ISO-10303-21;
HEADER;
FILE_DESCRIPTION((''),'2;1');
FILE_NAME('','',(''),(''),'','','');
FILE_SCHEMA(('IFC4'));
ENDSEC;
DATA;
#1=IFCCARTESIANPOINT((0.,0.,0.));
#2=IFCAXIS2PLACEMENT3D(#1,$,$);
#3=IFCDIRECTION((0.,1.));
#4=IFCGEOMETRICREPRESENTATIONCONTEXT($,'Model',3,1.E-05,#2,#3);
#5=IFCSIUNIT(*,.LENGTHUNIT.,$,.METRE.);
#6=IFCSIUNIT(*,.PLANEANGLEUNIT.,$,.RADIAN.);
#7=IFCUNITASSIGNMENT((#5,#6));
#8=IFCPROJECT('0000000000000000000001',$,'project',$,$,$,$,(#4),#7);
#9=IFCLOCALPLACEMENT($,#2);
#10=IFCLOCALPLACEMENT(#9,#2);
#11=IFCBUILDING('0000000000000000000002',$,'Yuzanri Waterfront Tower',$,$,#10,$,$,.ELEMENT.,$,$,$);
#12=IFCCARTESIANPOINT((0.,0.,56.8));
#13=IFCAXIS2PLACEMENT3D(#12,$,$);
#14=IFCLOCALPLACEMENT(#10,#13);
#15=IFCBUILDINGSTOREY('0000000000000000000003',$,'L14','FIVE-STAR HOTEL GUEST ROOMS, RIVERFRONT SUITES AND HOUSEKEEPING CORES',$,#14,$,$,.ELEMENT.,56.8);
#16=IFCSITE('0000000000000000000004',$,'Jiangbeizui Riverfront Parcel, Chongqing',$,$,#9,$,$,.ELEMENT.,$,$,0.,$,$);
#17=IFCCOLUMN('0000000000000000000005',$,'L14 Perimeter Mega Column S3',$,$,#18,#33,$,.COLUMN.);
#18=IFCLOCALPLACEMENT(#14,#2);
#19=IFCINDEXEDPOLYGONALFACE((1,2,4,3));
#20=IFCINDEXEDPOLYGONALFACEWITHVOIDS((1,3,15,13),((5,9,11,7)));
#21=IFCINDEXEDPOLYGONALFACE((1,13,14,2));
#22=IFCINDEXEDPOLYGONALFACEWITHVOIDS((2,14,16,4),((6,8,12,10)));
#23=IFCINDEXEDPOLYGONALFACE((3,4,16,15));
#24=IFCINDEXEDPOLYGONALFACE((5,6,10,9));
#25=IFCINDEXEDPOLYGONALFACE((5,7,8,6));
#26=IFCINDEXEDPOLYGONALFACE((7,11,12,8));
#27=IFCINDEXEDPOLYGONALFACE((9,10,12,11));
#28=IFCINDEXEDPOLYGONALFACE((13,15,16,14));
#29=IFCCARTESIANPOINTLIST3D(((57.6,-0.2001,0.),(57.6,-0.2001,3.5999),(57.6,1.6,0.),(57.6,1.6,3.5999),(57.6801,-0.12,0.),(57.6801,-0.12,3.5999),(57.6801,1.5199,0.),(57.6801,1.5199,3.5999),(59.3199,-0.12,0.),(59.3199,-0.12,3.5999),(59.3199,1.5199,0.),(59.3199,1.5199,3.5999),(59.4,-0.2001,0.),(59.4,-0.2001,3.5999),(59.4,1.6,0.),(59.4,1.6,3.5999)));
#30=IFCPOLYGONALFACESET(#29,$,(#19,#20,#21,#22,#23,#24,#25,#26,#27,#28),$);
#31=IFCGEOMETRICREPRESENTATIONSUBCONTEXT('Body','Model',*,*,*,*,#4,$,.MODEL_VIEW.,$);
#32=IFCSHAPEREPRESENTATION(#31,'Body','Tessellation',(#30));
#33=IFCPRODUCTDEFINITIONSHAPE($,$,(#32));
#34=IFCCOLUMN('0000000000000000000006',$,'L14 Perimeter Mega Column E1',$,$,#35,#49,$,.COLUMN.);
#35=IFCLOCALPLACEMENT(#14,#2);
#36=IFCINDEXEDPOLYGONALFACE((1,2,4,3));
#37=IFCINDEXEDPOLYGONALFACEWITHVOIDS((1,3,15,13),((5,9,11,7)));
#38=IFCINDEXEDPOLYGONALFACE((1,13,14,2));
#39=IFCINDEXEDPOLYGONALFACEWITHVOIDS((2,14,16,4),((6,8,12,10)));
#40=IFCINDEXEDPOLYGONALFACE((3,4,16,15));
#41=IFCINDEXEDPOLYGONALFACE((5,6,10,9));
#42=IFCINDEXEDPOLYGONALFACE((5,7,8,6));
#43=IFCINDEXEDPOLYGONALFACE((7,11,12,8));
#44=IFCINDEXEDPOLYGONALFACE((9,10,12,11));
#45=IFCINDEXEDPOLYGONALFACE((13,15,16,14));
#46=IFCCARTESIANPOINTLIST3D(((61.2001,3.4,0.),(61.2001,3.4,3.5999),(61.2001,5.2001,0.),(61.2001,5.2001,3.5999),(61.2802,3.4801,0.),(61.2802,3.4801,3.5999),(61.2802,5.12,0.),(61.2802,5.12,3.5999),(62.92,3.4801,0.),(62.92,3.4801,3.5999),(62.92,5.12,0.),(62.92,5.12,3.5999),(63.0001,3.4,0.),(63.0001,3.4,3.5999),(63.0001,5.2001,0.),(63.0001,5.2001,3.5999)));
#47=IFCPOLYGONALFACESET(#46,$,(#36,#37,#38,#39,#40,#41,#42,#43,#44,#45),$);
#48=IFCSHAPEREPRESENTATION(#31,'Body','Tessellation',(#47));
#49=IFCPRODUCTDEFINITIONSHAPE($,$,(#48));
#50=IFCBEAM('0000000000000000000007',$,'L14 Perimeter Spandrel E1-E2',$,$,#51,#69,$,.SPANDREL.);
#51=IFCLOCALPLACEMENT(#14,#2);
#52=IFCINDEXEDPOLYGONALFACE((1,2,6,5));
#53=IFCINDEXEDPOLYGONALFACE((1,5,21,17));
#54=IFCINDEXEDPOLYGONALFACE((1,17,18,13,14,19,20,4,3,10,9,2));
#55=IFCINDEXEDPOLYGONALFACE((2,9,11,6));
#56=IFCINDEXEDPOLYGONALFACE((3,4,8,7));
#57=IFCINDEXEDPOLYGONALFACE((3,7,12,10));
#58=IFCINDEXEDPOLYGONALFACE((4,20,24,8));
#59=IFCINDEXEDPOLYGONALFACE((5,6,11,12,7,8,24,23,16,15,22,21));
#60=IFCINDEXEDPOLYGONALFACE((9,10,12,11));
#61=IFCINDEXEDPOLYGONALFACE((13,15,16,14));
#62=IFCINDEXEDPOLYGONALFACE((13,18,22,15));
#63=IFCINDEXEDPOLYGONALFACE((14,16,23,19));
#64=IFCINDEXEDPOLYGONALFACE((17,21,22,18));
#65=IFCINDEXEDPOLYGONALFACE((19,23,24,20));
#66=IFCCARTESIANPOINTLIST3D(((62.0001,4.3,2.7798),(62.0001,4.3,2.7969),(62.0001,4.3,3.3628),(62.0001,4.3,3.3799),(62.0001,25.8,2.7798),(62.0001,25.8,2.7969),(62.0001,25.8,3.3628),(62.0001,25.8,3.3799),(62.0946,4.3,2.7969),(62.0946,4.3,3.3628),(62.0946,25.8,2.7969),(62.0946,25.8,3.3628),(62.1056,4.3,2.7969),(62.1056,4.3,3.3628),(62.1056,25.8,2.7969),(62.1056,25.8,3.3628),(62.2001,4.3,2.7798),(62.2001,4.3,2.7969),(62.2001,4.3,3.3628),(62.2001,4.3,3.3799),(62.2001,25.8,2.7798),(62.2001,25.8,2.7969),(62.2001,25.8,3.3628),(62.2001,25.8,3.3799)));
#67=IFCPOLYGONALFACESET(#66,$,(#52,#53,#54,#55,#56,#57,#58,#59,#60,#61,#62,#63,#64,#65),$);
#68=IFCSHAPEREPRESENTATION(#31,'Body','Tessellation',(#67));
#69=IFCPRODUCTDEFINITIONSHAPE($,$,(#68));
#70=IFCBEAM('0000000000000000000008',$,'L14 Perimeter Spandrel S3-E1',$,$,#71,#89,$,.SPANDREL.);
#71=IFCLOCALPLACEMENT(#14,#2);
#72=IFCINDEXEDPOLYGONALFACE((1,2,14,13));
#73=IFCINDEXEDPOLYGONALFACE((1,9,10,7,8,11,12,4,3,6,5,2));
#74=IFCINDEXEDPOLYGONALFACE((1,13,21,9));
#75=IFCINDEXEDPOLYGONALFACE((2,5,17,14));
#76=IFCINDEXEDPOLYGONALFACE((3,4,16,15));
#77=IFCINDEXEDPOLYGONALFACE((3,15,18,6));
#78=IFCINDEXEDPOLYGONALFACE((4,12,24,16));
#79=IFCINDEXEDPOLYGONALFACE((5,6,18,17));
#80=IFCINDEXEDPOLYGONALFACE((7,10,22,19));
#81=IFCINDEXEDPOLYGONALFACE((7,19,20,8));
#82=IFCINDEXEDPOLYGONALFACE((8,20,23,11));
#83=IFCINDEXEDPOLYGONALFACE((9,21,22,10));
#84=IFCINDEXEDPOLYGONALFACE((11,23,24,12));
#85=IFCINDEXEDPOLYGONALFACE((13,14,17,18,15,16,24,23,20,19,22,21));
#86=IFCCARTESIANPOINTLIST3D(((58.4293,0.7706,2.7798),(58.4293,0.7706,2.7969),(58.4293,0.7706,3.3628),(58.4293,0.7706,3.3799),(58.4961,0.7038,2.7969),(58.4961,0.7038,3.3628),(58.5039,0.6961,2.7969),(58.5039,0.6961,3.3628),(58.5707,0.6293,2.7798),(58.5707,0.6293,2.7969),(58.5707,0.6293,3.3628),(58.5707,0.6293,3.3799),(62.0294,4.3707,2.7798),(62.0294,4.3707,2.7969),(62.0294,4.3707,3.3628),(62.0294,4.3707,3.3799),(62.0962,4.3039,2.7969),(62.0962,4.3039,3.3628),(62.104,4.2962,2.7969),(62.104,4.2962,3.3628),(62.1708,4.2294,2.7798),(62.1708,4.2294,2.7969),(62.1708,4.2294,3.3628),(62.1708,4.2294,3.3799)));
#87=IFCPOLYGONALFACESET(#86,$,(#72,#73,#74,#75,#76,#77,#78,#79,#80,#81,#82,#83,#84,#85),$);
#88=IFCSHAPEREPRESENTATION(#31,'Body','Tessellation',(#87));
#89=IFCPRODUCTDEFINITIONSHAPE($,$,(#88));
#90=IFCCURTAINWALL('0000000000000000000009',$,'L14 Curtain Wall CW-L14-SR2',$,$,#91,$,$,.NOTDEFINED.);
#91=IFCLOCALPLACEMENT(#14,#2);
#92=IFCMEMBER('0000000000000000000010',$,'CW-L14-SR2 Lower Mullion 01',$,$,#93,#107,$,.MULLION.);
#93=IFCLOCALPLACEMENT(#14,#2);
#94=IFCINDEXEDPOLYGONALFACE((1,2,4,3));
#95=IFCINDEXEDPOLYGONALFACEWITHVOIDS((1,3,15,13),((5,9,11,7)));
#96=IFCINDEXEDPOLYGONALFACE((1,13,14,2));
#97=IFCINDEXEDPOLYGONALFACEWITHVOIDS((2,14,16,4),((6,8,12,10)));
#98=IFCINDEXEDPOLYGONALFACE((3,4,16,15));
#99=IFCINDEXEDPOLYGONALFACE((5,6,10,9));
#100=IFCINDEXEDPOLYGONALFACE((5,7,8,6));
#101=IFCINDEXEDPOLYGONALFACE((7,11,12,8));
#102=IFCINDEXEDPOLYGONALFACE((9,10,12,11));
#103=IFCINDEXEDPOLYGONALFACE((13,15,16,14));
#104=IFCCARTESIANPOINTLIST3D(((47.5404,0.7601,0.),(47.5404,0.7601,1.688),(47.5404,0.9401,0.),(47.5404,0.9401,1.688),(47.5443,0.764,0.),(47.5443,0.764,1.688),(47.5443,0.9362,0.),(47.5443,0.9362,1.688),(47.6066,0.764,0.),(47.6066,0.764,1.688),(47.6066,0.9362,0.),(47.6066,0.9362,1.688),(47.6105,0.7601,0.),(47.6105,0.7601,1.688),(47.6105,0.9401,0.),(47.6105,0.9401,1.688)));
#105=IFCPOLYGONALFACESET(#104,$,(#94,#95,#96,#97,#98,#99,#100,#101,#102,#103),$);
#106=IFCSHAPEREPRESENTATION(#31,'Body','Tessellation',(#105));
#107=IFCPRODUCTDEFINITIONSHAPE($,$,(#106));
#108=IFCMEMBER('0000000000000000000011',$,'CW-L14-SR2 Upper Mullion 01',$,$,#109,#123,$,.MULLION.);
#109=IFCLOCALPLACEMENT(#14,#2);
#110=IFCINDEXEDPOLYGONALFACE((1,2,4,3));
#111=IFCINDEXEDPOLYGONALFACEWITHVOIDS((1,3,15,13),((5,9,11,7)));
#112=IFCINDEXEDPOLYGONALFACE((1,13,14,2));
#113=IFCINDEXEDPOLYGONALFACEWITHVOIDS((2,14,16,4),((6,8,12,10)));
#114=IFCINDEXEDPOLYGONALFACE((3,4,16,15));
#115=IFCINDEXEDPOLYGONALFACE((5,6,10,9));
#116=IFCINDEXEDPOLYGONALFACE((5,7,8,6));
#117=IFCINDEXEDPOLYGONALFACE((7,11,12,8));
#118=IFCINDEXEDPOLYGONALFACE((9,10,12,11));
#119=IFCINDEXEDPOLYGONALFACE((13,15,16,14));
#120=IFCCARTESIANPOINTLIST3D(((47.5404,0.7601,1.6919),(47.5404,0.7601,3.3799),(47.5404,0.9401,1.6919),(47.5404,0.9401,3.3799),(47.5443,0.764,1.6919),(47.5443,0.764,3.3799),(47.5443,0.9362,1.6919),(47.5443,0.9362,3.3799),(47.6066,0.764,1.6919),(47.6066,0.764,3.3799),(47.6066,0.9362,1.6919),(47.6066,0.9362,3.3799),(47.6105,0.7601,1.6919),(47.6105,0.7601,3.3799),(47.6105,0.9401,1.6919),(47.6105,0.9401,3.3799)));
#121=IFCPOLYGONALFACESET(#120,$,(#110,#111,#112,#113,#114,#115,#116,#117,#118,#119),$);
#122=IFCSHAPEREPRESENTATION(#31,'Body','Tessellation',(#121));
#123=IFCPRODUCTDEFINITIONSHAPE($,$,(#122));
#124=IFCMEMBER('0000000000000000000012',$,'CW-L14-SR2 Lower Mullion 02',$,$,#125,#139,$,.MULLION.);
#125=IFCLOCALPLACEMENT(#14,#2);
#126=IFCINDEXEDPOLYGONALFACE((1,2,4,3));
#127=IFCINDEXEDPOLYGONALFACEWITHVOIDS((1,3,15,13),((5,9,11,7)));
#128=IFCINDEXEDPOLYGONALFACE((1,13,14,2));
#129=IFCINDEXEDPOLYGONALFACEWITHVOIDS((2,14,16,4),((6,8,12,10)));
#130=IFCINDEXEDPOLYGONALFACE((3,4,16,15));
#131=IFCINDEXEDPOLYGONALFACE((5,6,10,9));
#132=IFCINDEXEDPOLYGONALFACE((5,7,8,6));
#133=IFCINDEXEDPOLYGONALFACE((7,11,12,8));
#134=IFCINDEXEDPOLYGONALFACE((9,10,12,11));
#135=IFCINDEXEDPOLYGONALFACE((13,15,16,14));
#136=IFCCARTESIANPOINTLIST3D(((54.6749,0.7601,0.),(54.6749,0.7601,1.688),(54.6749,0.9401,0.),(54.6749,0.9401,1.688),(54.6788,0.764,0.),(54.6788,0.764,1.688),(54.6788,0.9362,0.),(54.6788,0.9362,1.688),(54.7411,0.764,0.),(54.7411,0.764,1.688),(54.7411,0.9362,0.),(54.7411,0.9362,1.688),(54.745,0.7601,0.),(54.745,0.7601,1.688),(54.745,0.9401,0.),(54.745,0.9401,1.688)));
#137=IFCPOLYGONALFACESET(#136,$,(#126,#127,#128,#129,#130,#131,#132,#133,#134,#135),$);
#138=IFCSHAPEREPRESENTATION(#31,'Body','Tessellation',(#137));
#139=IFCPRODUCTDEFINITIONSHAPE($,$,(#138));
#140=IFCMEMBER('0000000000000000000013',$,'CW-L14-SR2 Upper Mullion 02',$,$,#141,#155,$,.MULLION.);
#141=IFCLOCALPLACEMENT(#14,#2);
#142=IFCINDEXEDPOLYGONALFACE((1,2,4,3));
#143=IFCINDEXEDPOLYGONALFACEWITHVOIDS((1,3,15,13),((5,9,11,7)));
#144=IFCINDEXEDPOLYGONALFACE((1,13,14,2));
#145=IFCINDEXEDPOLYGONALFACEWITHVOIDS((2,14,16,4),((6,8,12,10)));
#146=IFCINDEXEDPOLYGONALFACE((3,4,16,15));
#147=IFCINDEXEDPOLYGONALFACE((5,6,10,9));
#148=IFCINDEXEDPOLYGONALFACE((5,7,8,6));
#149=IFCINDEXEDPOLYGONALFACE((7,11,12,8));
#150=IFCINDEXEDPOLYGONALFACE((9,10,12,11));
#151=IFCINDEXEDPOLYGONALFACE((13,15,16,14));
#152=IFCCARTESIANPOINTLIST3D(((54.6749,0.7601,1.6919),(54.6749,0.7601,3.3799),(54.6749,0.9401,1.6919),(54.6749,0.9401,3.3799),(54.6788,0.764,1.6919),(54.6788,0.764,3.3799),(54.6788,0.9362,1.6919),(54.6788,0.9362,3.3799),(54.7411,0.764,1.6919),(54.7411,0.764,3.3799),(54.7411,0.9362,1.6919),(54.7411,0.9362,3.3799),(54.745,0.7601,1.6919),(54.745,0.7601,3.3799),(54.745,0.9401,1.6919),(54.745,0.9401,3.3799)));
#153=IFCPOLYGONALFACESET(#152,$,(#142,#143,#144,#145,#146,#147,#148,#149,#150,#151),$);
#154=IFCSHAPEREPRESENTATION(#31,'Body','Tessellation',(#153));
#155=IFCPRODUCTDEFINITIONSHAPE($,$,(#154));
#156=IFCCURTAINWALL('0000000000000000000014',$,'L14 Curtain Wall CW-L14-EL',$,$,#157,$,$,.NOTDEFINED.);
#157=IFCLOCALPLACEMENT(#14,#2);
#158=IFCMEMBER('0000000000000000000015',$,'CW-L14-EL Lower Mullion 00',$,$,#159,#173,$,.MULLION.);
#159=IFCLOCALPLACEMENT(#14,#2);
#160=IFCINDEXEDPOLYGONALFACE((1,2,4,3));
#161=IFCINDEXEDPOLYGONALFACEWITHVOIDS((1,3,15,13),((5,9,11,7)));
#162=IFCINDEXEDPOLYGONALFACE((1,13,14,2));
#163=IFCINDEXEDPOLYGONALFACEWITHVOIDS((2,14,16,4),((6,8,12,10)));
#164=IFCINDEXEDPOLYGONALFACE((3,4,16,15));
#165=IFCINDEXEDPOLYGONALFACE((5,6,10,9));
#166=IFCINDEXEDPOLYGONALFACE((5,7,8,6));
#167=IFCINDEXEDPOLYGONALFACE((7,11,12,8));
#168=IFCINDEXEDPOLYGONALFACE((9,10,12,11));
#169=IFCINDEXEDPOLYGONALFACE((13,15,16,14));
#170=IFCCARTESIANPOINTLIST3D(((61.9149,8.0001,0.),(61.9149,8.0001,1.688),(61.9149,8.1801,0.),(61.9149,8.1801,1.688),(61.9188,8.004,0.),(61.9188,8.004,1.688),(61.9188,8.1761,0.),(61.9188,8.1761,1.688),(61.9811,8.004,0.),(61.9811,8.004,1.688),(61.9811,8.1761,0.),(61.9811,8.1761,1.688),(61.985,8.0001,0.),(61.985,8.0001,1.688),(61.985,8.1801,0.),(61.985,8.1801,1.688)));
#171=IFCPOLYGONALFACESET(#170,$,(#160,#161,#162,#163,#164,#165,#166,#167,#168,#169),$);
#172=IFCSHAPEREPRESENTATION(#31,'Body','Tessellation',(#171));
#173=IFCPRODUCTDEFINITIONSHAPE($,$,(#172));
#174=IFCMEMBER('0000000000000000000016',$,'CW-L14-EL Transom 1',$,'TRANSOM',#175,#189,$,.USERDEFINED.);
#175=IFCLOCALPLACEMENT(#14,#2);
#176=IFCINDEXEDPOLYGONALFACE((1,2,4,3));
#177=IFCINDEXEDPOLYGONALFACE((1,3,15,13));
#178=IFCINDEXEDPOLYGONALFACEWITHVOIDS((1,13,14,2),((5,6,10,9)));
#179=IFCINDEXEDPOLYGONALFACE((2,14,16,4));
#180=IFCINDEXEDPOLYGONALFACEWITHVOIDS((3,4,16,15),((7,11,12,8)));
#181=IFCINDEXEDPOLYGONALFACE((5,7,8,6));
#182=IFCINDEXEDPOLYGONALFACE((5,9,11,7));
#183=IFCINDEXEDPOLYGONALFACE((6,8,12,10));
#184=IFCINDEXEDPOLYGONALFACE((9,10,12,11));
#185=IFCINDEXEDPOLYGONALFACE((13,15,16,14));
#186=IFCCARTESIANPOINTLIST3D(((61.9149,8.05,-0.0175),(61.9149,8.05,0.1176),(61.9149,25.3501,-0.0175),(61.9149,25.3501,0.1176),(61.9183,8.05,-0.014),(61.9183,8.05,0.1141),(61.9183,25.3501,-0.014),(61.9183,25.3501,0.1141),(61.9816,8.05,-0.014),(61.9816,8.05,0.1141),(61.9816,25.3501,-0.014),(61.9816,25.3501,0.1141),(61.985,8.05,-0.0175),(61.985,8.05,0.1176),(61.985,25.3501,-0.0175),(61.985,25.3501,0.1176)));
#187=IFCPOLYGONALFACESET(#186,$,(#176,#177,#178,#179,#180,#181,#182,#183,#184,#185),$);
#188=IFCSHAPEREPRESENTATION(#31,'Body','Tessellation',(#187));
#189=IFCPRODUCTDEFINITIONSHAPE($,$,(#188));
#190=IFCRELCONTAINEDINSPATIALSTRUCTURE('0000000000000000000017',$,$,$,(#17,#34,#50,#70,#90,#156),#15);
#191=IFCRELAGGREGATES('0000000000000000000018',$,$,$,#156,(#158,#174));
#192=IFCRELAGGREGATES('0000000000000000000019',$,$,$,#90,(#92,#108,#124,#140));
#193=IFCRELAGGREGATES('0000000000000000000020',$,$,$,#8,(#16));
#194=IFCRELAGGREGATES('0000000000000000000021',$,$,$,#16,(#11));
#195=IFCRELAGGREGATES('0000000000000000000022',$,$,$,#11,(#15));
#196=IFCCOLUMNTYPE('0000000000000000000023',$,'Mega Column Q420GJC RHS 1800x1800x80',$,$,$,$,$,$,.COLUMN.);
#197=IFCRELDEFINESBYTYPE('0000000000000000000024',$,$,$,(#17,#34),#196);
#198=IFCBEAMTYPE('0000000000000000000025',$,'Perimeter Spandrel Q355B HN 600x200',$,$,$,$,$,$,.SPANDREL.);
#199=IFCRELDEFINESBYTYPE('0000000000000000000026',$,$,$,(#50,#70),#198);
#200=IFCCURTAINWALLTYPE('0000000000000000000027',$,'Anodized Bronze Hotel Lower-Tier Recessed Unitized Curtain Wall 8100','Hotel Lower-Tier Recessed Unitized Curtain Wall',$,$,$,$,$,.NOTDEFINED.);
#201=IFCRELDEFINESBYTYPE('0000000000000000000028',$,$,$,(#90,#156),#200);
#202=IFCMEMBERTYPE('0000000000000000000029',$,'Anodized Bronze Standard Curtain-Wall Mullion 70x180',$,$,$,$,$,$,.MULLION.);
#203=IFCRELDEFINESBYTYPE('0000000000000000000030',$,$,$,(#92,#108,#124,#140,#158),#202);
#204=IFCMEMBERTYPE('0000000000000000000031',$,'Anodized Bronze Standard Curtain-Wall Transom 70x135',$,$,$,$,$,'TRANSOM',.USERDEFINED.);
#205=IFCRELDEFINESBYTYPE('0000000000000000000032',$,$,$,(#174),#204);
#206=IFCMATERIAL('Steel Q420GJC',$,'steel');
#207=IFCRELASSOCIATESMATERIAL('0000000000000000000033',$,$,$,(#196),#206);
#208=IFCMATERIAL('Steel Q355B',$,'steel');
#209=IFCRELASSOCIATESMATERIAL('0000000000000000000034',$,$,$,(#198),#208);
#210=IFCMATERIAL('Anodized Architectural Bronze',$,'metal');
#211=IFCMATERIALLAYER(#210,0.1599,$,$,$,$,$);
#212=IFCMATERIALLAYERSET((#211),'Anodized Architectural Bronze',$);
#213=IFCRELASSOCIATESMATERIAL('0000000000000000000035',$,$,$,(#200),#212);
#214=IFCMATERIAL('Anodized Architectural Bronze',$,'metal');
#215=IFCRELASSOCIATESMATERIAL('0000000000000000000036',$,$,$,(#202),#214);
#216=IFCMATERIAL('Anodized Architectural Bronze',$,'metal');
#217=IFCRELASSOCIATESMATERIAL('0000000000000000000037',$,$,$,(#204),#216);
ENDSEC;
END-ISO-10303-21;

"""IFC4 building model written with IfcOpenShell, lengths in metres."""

from ifc_helpers import new_model, si_unit, direction, frame, origin, origin_2d, place, context, subcontext, project, spatial, hollow_rectangle, i_section, extrude, source, transform, mapped, material, layer, layer_set, material_profile, profile_set, type_object, element, aggregate, save


model = new_model("IFC4")

# Units and contexts
model_context = context("Model", 3, precision=1e-05, world=origin(), true_north=direction((0.0, 1.0)))
body_context = subcontext(model_context, "Body", "Model", "MODEL_VIEW")
ifc_project = project(units=[si_unit("LENGTHUNIT", "METRE"), si_unit("PLANEANGLEUNIT", "RADIAN")], contexts=[model_context])

# Site, building, storey
site_placement = place(None, origin())
site = spatial("IfcSite", under=ifc_project, at=site_placement, Name="Jiangbeizui Riverfront Parcel, Chongqing", CompositionType="ELEMENT", RefElevation=0.0)
building_placement = place(site_placement, origin())
building = spatial("IfcBuilding", under=site, at=building_placement, Name="Yuzanri Waterfront Tower", CompositionType="ELEMENT")
storey_placement = place(building_placement, frame((0.0, 0.0, 56.8)))
storey = spatial("IfcBuildingStorey", under=building, at=storey_placement, Name="L14", Description="FIVE-STAR HOTEL GUEST ROOMS, RIVERFRONT SUITES AND HOUSEKEEPING CORES", CompositionType="ELEMENT", Elevation=56.8)

# Columns
ifc_material_1 = material(Name="Steel Q420GJC", Category="steel")
ifc_material_profile_1 = material_profile(ifc_material_1, hollow_rectangle(XDim=1.8, YDim=1.8, WallThickness=0.0801, at=origin_2d()), Name="RHS 1800x1800x80")
ifc_profile_set_1 = profile_set([ifc_material_profile_1], Name="Steel Q420GJC")
column_type = type_object("IfcColumnType", Name="Mega Column Q420GJC RHS 1800x1800x80", PredefinedType="COLUMN", material=ifc_profile_set_1)
shared_shape_1 = source(origin(), body_context, "Body", "SweptSolid", [
    extrude(hollow_rectangle(XDim=1.8, YDim=1.8, WallThickness=0.0801, at=origin_2d()), origin(), (0.0, 0.0, 1.0), 3.5999),
])
for number, where, z_axis, x_axis, name in (
    (1, (58.5, 0.7, 0.0), (0.0, 0.0, 1.0), (1.0, 0.0, 0.0), "L14 Perimeter Mega Column S3"),
    (2, (62.1001, 4.3, 0.0), (0.0, 0.0, 1.0), (1.0, 0.0, 0.0), "L14 Perimeter Mega Column E1"),
):
    element("IfcColumn", number, at=place(storey_placement, frame(where, z_axis=z_axis, x_axis=x_axis)), inside=storey, type_object=column_type, Name=name, PredefinedType="COLUMN", context=body_context, shape_type="MappedRepresentation", body=[
        mapped(shared_shape_1, transform((0.0, 0.0, 0.0), scale=1.0)),
    ])

# Beams
ifc_material_2 = material(Name="Steel Q355B", Category="steel")
ifc_material_profile_2 = material_profile(ifc_material_2, i_section(OverallWidth=0.2, OverallDepth=0.6001, WebThickness=0.011, FlangeThickness=0.0171, at=origin_2d()), Name="HN 600x200x11x17")
ifc_profile_set_2 = profile_set([ifc_material_profile_2], Name="Steel Q355B")
beam_type = type_object("IfcBeamType", Name="Perimeter Spandrel Q355B HN 600x200", PredefinedType="SPANDREL", material=ifc_profile_set_2)
shared_shape_2 = source(origin(), body_context, "Body", "SweptSolid", [
    extrude(i_section(OverallWidth=0.2, OverallDepth=0.6001, WebThickness=0.011, FlangeThickness=0.0171, at=origin_2d()), origin(), (0.0, 0.0, 1.0), 21.5),
])
beam_1_placement = place(storey_placement, frame((62.1001, 4.3, 3.0798), z_axis=(0.0, 1.0, 0.0), x_axis=(-1.0, 0.0, 0.0)))
element("IfcBeam", 3, at=beam_1_placement, inside=storey, type_object=beam_type, Name="L14 Perimeter Spandrel E1-E2", PredefinedType="SPANDREL", context=body_context, shape_type="MappedRepresentation", body=[
    mapped(shared_shape_2, transform((0.0, 0.0, 0.0), scale=1.0)),
])
shared_shape_3 = source(origin(), body_context, "Body", "SweptSolid", [
    extrude(i_section(OverallWidth=0.2, OverallDepth=0.6001, WebThickness=0.011, FlangeThickness=0.0171, at=origin_2d()), origin(), (0.0, 0.0, 1.0), 5.0913),
])
beam_2_placement = place(storey_placement, frame((58.5, 0.7, 3.0798), z_axis=(0.707107, 0.707107, 0.0), x_axis=(-0.707107, 0.707107, 0.0)))
element("IfcBeam", 4, at=beam_2_placement, inside=storey, type_object=beam_type, Name="L14 Perimeter Spandrel S3-E1", PredefinedType="SPANDREL", context=body_context, shape_type="MappedRepresentation", body=[
    mapped(shared_shape_3, transform((0.0, 0.0, 0.0), scale=1.0)),
])

# Curtain walls, members
ifc_material_3 = material(Name="Anodized Architectural Bronze", Category="metal")
ifc_layer_1 = layer(ifc_material_3, 0.1599)
ifc_layer_set_1 = layer_set([ifc_layer_1], Name="Anodized Architectural Bronze")
curtain_wall_type = type_object("IfcCurtainWallType", Name="Anodized Bronze Hotel Lower-Tier Recessed Unitized Curtain Wall 8100", Description="Hotel Lower-Tier Recessed Unitized Curtain Wall", PredefinedType="NOTDEFINED", material=ifc_layer_set_1)
curtain_wall_1_placement = place(storey_placement, origin())
curtain_wall_1 = element("IfcCurtainWall", 5, at=curtain_wall_1_placement, inside=storey, type_object=curtain_wall_type, Name="L14 Curtain Wall CW-L14-SR2", PredefinedType="NOTDEFINED")
ifc_material_4 = material(Name="Anodized Architectural Bronze", Category="metal")
ifc_material_profile_3 = material_profile(ifc_material_4, hollow_rectangle(XDim=0.0701, YDim=0.1799, WallThickness=0.0039, at=origin_2d()), Name="CWM 70x180")
ifc_profile_set_3 = profile_set([ifc_material_profile_3], Name="Anodized Architectural Bronze")
member_type_1 = type_object("IfcMemberType", Name="Anodized Bronze Standard Curtain-Wall Mullion 70x180", PredefinedType="MULLION", material=ifc_profile_set_3)
shared_shape_4 = source(origin(), body_context, "Body", "SweptSolid", [
    extrude(hollow_rectangle(XDim=0.0701, YDim=0.1799, WallThickness=0.0039, at=origin_2d()), origin(), (0.0, 0.0, 1.0), 1.688),
])
member_1_placement = place(storey_placement, frame((47.5754, 0.8501, 0.0), z_axis=(0.0, 0.0, 1.0), x_axis=(1.0, 0.0, 0.0)))
member_1 = element("IfcMember", 6, at=member_1_placement, type_object=member_type_1, Name="CW-L14-SR2 Lower Mullion 01", PredefinedType="MULLION", context=body_context, shape_type="MappedRepresentation", body=[
    mapped(shared_shape_4, transform((0.0, 0.0, 0.0), scale=1.0)),
])
member_2_placement = place(storey_placement, frame((47.5754, 0.8501, 1.6919), z_axis=(0.0, 0.0, 1.0), x_axis=(1.0, 0.0, 0.0)))
member_2 = element("IfcMember", 7, at=member_2_placement, type_object=member_type_1, Name="CW-L14-SR2 Upper Mullion 01", PredefinedType="MULLION", context=body_context, shape_type="MappedRepresentation", body=[
    mapped(shared_shape_4, transform((0.0, 0.0, 0.0), scale=1.0)),
])
member_3_placement = place(storey_placement, frame((54.71, 0.8501, 0.0), z_axis=(0.0, 0.0, 1.0), x_axis=(1.0, 0.0, 0.0)))
member_3 = element("IfcMember", 8, at=member_3_placement, type_object=member_type_1, Name="CW-L14-SR2 Lower Mullion 02", PredefinedType="MULLION", context=body_context, shape_type="MappedRepresentation", body=[
    mapped(shared_shape_4, transform((0.0, 0.0, 0.0), scale=1.0)),
])
member_4_placement = place(storey_placement, frame((54.71, 0.8501, 1.6919), z_axis=(0.0, 0.0, 1.0), x_axis=(1.0, 0.0, 0.0)))
member_4 = element("IfcMember", 9, at=member_4_placement, type_object=member_type_1, Name="CW-L14-SR2 Upper Mullion 02", PredefinedType="MULLION", context=body_context, shape_type="MappedRepresentation", body=[
    mapped(shared_shape_4, transform((0.0, 0.0, 0.0), scale=1.0)),
])
curtain_wall_2_placement = place(storey_placement, origin())
curtain_wall_2 = element("IfcCurtainWall", 10, at=curtain_wall_2_placement, inside=storey, type_object=curtain_wall_type, Name="L14 Curtain Wall CW-L14-EL", PredefinedType="NOTDEFINED")
member_5_placement = place(storey_placement, frame((61.95, 8.0901, 0.0), z_axis=(0.0, 0.0, 1.0), x_axis=(1.0, 0.0, 0.0)))
member_5 = element("IfcMember", 11, at=member_5_placement, type_object=member_type_1, Name="CW-L14-EL Lower Mullion 00", PredefinedType="MULLION", context=body_context, shape_type="MappedRepresentation", body=[
    mapped(shared_shape_4, transform((0.0, 0.0, 0.0), scale=1.0)),
])
ifc_material_5 = material(Name="Anodized Architectural Bronze", Category="metal")
ifc_material_profile_4 = material_profile(ifc_material_5, hollow_rectangle(XDim=0.0701, YDim=0.135, WallThickness=0.0034, at=origin_2d()), Name="CWT 70x135")
ifc_profile_set_4 = profile_set([ifc_material_profile_4], Name="Anodized Architectural Bronze")
member_type_2 = type_object("IfcMemberType", Name="Anodized Bronze Standard Curtain-Wall Transom 70x135", ElementType="TRANSOM", PredefinedType="USERDEFINED", material=ifc_profile_set_4)
shared_shape_5 = source(origin(), body_context, "Body", "SweptSolid", [
    extrude(hollow_rectangle(XDim=0.0701, YDim=0.135, WallThickness=0.0034, at=origin_2d()), origin(), (0.0, 0.0, 1.0), 17.3),
])
member_6_placement = place(storey_placement, frame((61.95, 8.05, 0.05), z_axis=(0.0, 1.0, 0.0), x_axis=(-1.0, 0.0, 0.0)))
member_6 = element("IfcMember", 12, at=member_6_placement, type_object=member_type_2, Name="CW-L14-EL Transom 1", ObjectType="TRANSOM", PredefinedType="USERDEFINED", context=body_context, shape_type="MappedRepresentation", body=[
    mapped(shared_shape_5, transform((0.0, 0.0, 0.0), scale=1.0)),
])
aggregate(curtain_wall_2, [member_5, member_6])

aggregate(curtain_wall_1, [member_1, member_2, member_3, member_4])

save(model, "model.ifc")
